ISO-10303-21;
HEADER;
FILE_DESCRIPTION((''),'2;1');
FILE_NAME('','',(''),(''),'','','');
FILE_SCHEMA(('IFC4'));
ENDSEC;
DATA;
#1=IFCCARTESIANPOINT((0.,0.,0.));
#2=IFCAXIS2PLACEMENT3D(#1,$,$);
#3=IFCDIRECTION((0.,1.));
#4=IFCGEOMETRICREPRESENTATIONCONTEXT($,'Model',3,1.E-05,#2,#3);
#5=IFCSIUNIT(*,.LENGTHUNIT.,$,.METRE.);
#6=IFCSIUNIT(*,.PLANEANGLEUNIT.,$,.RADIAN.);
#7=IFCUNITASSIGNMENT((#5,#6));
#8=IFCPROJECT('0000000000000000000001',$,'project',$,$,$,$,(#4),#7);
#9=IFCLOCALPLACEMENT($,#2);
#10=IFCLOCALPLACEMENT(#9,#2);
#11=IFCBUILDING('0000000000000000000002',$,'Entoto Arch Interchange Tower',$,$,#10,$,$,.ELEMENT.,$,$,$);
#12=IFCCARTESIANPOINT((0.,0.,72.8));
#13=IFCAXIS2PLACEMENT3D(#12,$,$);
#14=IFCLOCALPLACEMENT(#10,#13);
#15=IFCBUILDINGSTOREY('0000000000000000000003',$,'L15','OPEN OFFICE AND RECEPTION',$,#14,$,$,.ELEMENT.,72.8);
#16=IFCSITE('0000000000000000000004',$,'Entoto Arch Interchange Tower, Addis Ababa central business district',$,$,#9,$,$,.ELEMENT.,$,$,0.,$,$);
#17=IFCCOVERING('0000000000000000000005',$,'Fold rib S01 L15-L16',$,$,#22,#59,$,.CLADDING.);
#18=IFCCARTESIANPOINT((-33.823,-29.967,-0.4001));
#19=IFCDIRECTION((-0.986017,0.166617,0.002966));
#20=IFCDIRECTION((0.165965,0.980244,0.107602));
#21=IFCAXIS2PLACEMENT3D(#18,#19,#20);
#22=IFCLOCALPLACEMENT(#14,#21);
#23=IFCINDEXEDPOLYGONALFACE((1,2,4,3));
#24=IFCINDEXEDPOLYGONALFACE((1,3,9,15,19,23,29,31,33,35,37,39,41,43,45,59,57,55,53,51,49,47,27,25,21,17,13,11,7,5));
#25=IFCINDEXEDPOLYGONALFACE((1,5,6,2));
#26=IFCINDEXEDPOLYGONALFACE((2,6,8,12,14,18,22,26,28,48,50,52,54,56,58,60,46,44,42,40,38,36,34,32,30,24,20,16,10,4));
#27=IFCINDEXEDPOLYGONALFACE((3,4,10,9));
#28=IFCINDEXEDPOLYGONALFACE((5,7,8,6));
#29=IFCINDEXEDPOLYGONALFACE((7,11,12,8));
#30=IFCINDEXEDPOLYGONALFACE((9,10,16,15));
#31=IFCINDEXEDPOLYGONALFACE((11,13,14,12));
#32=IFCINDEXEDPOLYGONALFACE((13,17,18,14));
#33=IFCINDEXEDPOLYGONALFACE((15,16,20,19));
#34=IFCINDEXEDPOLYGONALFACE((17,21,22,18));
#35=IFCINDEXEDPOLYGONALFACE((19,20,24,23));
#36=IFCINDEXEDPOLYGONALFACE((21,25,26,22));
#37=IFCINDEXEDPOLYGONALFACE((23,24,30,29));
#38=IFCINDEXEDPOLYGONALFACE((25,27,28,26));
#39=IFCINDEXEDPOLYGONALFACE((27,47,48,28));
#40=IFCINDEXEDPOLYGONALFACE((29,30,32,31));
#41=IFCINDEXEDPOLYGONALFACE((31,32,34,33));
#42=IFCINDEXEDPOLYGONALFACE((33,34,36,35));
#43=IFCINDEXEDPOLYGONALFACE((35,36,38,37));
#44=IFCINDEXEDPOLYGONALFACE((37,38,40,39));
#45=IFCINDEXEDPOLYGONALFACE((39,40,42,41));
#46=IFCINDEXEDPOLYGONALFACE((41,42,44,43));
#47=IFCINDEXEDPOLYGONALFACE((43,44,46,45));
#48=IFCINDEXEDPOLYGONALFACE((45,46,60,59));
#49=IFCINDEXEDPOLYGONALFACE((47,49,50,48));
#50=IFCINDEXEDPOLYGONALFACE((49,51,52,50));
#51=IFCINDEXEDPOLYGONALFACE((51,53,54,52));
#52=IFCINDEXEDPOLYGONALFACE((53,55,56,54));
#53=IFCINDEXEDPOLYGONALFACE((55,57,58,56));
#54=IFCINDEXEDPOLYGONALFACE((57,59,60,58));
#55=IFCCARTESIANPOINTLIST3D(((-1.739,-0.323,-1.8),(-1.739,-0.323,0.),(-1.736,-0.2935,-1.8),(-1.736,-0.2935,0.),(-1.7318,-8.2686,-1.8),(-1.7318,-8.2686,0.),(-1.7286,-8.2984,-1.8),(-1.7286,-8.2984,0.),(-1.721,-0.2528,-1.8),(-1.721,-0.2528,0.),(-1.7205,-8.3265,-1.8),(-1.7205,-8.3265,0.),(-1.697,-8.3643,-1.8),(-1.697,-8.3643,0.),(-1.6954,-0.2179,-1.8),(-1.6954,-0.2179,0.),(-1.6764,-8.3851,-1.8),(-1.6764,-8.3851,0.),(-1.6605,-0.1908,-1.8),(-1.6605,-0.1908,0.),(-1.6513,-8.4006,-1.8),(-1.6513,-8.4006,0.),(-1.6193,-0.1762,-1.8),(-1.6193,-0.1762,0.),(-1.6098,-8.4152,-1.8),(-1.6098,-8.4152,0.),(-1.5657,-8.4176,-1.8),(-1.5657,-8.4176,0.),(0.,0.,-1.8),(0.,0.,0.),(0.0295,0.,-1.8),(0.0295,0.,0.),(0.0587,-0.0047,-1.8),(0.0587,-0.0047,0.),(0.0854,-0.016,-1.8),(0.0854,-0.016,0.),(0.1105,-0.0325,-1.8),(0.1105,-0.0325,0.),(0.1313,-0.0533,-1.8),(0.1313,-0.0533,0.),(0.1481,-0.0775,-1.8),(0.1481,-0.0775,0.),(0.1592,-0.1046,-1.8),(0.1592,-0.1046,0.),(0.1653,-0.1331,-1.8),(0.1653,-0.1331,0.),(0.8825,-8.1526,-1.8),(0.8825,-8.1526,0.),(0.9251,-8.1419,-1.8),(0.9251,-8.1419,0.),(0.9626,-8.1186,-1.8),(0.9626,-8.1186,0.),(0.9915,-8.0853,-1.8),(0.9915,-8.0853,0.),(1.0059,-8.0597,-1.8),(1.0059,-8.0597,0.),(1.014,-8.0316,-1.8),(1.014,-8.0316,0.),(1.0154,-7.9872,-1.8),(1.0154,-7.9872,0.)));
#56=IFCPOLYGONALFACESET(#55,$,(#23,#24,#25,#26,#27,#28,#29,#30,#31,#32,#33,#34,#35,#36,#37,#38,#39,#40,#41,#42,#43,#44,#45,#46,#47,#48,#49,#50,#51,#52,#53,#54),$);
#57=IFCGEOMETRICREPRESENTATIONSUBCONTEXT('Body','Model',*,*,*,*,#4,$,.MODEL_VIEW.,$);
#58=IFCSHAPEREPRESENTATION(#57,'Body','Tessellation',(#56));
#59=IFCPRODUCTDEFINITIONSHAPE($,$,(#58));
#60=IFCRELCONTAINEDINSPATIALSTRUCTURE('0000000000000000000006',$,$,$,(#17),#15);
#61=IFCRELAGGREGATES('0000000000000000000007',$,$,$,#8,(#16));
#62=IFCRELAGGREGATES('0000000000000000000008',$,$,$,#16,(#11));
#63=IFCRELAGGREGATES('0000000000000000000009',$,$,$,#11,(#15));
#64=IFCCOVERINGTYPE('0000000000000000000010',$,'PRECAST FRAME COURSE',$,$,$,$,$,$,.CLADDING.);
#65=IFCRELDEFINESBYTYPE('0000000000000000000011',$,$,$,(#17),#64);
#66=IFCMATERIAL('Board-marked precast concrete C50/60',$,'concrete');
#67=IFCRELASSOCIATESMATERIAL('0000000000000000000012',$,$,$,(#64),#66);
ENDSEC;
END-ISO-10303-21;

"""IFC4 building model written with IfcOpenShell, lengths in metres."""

from ifc_helpers import new_model, si_unit, direction, frame, origin, place, context, subcontext, project, spatial, polyline, outline, extrude, material, type_object, element, save


model = new_model("IFC4")

# Units and contexts
model_context = context("Model", 3, precision=1e-05, world=origin(), true_north=direction((0.0, 1.0)))
body_context = subcontext(model_context, "Body", "Model", "MODEL_VIEW")
ifc_project = project(units=[si_unit("LENGTHUNIT", "METRE"), si_unit("PLANEANGLEUNIT", "RADIAN")], contexts=[model_context])

# Site, building, storey
site_placement = place(None, origin())
site = spatial("IfcSite", under=ifc_project, at=site_placement, Name="Entoto Arch Interchange Tower, Addis Ababa central business district", CompositionType="ELEMENT", RefElevation=0.0)
building_placement = place(site_placement, origin())
building = spatial("IfcBuilding", under=site, at=building_placement, Name="Entoto Arch Interchange Tower", CompositionType="ELEMENT")
storey_placement = place(building_placement, frame((0.0, 0.0, 72.8)))
storey = spatial("IfcBuildingStorey", under=building, at=storey_placement, Name="L15", Description="OPEN OFFICE AND RECEPTION", CompositionType="ELEMENT", Elevation=72.8)

# Covering
ifc_material_1 = material(Name="Board-marked precast concrete C50/60", Category="concrete")
covering_type = type_object("IfcCoveringType", Name="PRECAST FRAME COURSE", PredefinedType="CLADDING", material=ifc_material_1)
covering_1_placement = place(storey_placement, frame((-33.823, -29.967, -0.4001), z_axis=(-0.986017, 0.166617, 0.002966), x_axis=(0.165965, 0.980244, 0.107602)))
element("IfcCovering", 1, at=covering_1_placement, inside=storey, type_object=covering_type, Name="Fold rib S01 L15-L16", PredefinedType="CLADDING", context=body_context, shape_type="SweptSolid", body=[
    extrude(outline(polyline([(0.0, 0.0), (0.0295, 0.0), (0.0587, -0.0047), (0.0854, -0.016), (0.1105, -0.0325), (0.1313, -0.0533), (0.1481, -0.0775), (0.1592, -0.1046), (0.1653, -0.1331), (1.0154, -7.9872), (1.014, -8.0316), (1.0059, -8.0597), (0.9915, -8.0853), (0.9626, -8.1186), (0.9251, -8.1419), (0.8825, -8.1526), (-1.5657, -8.4176), (-1.6098, -8.4152), (-1.6513, -8.4006), (-1.6764, -8.3851), (-1.697, -8.3643), (-1.7205, -8.3265), (-1.7286, -8.2984), (-1.7318, -8.2686), (-1.739, -0.323), (-1.736, -0.2935), (-1.721, -0.2528), (-1.6954, -0.2179), (-1.6605, -0.1908), (-1.6193, -0.1762), (0.0, 0.0)])), origin(), (0.0, 0.0, -1.0), 1.8),
])

save(model, "model.ifc")
